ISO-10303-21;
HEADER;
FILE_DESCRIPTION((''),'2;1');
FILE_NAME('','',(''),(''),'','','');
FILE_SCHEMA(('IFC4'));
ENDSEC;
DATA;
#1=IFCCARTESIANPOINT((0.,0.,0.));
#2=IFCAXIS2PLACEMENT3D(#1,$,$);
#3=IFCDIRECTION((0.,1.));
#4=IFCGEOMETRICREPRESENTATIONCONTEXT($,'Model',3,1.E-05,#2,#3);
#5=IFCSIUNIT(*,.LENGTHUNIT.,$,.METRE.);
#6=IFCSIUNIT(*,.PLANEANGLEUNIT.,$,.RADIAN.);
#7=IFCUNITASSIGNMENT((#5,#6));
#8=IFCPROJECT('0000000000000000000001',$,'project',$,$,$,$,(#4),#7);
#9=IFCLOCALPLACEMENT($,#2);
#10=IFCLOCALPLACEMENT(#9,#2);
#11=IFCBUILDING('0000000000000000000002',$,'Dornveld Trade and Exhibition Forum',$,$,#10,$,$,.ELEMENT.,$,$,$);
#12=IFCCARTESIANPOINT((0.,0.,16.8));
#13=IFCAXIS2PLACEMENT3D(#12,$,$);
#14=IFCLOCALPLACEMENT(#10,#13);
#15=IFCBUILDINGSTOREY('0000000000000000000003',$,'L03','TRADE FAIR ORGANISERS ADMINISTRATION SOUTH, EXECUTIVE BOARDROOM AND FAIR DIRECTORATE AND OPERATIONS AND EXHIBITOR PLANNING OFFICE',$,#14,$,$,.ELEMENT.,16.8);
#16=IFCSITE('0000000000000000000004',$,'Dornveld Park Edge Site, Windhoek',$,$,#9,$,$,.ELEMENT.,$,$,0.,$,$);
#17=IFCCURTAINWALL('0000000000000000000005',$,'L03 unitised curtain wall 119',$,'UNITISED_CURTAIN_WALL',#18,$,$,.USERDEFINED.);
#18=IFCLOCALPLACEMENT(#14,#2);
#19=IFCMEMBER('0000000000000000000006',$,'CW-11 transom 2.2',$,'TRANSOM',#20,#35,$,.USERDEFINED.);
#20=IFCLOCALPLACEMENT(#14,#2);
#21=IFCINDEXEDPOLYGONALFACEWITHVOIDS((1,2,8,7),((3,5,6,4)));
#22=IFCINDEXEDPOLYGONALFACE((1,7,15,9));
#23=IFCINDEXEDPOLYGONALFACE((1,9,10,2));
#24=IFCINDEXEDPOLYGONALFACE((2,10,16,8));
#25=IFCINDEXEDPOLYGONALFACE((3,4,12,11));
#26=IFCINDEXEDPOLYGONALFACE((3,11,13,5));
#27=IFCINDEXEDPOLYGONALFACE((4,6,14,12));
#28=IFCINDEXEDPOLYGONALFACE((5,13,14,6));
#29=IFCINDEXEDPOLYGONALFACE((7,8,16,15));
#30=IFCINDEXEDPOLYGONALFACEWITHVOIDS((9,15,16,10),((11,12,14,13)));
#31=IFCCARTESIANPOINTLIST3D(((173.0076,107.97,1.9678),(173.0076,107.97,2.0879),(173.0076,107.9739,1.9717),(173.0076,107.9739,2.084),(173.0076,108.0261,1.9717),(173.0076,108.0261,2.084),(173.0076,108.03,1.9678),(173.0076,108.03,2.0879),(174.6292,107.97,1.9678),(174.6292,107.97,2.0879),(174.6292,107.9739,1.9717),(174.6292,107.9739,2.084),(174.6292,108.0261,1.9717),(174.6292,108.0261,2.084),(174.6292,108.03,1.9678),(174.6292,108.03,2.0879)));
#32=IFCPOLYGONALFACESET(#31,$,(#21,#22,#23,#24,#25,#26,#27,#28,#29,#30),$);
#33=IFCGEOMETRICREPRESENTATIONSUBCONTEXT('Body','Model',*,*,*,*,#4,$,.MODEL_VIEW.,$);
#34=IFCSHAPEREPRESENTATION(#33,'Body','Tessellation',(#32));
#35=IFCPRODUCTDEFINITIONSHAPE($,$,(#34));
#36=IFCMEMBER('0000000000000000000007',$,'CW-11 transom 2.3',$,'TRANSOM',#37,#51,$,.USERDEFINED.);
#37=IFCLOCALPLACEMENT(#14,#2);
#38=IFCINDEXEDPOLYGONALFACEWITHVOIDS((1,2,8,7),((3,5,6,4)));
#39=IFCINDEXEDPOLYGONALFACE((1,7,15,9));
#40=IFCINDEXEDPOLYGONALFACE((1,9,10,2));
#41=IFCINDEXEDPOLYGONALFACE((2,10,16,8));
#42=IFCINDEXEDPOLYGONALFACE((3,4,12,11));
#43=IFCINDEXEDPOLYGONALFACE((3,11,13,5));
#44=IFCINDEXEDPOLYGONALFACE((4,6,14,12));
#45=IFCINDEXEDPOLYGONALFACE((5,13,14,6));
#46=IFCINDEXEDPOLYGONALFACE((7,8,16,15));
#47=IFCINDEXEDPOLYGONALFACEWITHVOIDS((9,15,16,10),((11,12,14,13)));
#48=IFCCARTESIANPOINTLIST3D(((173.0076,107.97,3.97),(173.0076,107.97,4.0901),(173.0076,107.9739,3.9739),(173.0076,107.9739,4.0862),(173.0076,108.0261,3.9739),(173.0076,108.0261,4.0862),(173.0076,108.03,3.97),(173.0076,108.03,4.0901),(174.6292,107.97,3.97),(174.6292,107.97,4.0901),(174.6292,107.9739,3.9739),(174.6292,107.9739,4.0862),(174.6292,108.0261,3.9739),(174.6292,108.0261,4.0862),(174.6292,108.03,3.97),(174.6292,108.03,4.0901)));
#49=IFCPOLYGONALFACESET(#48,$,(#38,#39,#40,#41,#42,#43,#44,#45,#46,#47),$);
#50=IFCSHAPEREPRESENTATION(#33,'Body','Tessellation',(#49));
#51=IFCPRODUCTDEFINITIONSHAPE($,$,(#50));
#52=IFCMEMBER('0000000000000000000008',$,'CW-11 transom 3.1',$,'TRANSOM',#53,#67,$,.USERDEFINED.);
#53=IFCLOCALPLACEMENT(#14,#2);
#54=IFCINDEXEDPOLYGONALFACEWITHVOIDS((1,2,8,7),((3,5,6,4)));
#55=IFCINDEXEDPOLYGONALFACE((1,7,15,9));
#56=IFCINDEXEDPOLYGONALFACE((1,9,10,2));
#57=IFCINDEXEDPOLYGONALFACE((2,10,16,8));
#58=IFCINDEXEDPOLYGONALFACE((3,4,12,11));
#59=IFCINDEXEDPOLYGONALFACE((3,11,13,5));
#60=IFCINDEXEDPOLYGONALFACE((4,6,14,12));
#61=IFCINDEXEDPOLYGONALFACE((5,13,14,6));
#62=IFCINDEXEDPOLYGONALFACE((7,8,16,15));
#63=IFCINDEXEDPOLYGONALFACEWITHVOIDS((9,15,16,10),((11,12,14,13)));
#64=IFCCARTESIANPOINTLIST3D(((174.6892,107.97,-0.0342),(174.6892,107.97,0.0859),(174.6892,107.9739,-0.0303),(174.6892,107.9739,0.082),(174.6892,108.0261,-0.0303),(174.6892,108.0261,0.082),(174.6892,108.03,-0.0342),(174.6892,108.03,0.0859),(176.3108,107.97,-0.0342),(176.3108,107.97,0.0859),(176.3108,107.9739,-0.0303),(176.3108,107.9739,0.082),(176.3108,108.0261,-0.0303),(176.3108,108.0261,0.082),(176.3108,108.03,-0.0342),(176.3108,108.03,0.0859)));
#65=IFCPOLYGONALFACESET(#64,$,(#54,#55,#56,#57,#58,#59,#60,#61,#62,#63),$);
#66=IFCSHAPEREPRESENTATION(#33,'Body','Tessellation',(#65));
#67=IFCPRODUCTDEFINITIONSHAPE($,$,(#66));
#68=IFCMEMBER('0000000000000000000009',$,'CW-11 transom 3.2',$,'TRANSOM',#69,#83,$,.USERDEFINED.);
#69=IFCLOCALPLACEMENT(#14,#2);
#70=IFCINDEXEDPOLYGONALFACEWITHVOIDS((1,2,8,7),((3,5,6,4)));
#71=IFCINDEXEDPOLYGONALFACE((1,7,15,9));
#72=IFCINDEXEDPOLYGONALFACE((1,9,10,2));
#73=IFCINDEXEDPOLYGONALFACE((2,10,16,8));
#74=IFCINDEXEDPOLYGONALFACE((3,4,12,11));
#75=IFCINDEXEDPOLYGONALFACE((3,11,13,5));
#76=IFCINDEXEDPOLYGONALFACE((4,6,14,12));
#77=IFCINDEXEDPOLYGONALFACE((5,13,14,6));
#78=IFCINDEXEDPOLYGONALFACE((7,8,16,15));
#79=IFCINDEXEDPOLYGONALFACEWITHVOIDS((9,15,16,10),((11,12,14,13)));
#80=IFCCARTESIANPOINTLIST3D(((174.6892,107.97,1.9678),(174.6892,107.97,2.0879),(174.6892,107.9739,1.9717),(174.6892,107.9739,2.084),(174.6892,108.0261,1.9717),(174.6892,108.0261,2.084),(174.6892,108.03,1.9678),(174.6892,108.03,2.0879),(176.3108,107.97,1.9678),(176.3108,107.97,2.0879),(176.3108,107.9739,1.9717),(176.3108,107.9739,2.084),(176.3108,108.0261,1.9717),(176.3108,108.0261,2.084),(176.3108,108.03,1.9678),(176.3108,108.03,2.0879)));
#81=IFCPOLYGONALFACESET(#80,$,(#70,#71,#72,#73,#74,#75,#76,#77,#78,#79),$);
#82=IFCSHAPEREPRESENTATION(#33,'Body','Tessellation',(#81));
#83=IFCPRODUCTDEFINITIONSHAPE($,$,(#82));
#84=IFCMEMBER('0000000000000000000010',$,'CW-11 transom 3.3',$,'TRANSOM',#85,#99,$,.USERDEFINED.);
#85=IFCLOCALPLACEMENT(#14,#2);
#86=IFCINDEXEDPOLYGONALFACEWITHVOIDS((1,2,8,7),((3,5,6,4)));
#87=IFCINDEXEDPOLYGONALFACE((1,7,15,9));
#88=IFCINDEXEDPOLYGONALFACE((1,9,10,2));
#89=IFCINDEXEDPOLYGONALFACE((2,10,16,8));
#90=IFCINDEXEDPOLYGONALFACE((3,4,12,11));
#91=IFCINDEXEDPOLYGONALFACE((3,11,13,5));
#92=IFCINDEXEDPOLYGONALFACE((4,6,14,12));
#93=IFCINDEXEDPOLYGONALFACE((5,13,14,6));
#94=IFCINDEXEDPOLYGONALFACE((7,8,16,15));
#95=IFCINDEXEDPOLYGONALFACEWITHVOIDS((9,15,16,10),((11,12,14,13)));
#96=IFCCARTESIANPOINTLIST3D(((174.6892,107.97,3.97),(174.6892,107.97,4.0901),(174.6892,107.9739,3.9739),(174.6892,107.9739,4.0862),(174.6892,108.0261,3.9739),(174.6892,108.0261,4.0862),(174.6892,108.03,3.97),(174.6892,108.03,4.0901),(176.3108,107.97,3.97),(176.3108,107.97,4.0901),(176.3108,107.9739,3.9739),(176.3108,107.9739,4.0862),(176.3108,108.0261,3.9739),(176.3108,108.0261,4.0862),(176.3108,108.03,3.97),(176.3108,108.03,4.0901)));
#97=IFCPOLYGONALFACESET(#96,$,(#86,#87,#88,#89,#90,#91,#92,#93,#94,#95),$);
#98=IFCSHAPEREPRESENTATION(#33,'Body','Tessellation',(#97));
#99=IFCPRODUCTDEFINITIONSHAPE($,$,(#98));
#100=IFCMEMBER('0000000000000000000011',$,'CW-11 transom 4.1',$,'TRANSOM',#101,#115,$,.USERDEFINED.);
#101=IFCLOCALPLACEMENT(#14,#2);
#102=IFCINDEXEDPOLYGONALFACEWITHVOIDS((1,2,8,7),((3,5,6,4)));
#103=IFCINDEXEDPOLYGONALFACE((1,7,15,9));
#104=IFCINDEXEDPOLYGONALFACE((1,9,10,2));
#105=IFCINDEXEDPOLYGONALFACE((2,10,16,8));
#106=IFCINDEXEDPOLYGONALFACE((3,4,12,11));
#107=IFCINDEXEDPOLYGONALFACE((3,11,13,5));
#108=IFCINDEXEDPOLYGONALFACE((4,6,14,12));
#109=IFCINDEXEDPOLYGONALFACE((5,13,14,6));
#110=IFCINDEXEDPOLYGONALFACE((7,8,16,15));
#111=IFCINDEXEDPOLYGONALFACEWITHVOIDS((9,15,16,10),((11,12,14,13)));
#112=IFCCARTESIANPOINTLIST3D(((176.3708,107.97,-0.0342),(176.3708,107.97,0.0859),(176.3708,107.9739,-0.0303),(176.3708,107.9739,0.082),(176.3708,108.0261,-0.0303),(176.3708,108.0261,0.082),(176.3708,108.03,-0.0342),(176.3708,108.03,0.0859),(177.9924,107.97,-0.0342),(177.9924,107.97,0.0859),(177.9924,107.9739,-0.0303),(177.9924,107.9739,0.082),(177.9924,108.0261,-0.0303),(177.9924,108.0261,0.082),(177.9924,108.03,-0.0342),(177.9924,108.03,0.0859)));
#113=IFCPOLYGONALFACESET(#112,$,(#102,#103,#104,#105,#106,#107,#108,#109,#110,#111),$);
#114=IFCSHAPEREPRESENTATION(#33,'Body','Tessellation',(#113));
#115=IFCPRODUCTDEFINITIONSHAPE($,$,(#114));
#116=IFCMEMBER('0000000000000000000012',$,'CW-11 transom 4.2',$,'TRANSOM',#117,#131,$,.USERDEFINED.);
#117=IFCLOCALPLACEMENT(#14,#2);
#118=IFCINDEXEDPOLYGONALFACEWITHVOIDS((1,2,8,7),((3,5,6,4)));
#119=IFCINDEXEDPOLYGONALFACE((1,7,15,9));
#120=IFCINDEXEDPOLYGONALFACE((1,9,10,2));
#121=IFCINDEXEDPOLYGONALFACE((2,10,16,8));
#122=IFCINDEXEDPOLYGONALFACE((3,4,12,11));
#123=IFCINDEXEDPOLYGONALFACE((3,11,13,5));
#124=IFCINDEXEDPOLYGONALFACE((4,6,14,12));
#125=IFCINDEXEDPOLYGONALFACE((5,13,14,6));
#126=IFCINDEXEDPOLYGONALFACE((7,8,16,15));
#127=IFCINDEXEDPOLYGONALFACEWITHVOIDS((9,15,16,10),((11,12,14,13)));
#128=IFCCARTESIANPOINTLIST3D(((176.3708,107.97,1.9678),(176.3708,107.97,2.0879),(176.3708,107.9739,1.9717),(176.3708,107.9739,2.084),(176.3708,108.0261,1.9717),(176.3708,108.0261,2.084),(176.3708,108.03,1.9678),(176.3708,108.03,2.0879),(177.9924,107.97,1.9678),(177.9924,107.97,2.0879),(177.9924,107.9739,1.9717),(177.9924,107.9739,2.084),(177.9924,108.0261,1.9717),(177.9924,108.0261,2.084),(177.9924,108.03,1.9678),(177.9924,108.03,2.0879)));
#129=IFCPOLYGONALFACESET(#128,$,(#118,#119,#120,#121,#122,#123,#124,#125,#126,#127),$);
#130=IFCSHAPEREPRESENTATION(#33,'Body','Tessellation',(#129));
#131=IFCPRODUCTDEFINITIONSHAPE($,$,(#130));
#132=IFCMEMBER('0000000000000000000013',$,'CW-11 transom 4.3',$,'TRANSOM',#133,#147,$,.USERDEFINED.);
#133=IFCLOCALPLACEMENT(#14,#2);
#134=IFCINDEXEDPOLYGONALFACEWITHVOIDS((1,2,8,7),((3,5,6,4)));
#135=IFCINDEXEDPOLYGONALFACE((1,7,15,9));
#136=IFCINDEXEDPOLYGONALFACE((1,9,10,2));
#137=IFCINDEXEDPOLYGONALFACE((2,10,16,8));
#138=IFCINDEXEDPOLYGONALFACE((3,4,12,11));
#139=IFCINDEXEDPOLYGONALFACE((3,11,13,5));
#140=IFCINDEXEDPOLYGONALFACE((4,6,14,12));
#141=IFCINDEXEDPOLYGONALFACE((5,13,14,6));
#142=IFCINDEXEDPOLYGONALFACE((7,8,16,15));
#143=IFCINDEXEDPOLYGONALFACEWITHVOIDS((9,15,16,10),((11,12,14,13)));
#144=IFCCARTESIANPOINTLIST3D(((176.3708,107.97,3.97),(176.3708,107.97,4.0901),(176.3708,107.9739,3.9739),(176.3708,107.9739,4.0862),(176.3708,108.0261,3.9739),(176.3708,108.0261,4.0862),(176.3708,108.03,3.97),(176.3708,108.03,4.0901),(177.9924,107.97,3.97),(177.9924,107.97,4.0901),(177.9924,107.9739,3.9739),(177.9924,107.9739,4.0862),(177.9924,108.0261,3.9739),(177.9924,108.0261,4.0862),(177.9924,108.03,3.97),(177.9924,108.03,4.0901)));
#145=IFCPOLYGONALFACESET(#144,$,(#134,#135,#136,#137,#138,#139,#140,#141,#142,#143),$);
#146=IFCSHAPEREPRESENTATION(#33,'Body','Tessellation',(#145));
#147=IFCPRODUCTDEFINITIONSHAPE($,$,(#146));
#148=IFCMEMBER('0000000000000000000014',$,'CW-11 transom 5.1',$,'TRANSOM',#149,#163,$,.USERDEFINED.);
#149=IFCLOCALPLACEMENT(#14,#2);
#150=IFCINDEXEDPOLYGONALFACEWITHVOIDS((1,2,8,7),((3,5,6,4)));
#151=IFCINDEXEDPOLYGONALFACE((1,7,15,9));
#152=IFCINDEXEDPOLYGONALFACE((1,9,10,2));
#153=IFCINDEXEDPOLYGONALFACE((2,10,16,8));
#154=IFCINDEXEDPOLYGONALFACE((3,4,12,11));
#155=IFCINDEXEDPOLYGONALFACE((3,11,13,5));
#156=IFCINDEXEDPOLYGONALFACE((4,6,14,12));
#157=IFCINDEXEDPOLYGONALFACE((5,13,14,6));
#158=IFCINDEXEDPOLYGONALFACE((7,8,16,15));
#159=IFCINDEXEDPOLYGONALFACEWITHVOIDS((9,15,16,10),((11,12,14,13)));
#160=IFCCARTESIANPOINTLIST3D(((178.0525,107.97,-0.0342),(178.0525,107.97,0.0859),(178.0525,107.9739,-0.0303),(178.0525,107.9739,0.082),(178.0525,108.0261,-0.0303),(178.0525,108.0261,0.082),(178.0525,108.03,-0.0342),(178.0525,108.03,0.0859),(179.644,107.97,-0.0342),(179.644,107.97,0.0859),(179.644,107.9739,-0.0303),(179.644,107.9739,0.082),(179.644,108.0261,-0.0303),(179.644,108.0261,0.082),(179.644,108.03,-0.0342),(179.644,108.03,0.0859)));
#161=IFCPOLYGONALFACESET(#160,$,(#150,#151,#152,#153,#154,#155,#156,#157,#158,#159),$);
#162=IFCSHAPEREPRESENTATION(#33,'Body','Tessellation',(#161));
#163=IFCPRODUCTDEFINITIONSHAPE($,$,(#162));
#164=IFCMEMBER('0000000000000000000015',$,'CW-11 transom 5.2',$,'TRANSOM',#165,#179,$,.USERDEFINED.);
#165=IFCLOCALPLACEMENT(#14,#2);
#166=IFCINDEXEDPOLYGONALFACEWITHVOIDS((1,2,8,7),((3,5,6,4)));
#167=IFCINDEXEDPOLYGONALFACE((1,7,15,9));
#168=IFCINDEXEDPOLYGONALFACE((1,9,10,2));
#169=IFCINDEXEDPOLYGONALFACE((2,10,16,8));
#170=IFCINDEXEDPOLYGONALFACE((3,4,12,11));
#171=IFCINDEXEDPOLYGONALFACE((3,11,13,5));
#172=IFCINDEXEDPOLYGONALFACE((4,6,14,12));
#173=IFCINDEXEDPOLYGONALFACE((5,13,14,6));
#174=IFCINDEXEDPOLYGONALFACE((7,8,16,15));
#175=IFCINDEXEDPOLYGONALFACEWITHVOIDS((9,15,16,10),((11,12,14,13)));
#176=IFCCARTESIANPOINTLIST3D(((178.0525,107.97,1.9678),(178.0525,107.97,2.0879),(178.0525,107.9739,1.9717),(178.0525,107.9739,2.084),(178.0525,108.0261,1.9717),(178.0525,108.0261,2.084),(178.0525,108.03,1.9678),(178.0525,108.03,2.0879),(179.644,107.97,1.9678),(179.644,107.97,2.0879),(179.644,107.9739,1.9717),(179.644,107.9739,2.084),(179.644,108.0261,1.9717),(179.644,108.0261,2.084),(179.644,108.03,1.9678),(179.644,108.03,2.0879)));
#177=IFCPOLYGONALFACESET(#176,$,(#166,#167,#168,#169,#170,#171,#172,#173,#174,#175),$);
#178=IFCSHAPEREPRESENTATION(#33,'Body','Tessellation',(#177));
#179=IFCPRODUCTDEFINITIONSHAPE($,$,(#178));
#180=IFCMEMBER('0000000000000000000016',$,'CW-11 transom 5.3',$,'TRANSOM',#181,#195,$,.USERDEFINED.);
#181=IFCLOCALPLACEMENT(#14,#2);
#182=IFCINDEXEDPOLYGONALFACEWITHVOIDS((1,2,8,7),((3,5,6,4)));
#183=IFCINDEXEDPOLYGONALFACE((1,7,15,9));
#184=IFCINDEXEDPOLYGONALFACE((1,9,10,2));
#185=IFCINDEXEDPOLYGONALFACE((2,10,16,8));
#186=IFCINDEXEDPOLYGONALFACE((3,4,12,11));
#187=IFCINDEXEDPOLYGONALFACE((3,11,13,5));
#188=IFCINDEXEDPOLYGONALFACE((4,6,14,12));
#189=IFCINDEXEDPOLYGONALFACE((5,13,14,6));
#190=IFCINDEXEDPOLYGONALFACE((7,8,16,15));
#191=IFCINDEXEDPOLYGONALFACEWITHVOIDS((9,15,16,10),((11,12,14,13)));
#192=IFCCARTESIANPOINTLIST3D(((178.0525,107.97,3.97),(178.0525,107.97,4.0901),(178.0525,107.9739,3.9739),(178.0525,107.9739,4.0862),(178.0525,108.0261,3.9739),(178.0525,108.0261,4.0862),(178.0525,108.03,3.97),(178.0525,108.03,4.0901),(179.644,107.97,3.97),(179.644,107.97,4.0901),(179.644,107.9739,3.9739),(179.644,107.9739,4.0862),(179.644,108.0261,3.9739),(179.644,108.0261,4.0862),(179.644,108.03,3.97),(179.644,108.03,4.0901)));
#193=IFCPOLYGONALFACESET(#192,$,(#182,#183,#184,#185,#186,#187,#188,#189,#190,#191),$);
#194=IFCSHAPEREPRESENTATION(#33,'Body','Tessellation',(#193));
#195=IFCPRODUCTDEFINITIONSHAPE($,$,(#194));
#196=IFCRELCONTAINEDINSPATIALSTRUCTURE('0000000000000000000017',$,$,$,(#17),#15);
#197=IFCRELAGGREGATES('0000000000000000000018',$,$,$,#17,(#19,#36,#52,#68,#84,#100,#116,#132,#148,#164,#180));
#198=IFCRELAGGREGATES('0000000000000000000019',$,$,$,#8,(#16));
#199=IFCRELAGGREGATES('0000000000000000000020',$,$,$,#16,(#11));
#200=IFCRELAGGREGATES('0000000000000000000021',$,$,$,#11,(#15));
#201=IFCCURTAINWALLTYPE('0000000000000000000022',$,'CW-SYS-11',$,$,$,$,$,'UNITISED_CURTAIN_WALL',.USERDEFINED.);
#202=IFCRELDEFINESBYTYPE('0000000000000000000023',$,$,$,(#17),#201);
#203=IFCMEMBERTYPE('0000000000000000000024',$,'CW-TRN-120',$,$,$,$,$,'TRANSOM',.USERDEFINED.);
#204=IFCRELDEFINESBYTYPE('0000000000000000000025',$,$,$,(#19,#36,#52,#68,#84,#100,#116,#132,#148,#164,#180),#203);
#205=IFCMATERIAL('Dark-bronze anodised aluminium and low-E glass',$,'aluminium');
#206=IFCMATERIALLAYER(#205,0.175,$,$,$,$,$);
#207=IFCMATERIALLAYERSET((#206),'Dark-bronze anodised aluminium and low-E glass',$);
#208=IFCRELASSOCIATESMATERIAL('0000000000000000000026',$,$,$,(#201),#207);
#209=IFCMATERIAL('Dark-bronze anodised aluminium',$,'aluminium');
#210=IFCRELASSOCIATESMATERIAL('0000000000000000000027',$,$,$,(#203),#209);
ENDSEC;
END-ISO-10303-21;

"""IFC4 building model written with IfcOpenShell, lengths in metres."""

from ifc_helpers import new_model, si_unit, direction, frame, origin, origin_2d, place, context, subcontext, project, spatial, hollow_rectangle, extrude, material, layer, layer_set, material_profile, profile_set, type_object, element, aggregate, save


model = new_model("IFC4")

# Units and contexts
model_context = context("Model", 3, precision=1e-05, world=origin(), true_north=direction((0.0, 1.0)))
body_context = subcontext(model_context, "Body", "Model", "MODEL_VIEW")
ifc_project = project(units=[si_unit("LENGTHUNIT", "METRE"), si_unit("PLANEANGLEUNIT", "RADIAN")], contexts=[model_context])

# Site, building, storey
site_placement = place(None, origin())
site = spatial("IfcSite", under=ifc_project, at=site_placement, Name="Dornveld Park Edge Site, Windhoek", CompositionType="ELEMENT", RefElevation=0.0)
building_placement = place(site_placement, origin())
building = spatial("IfcBuilding", under=site, at=building_placement, Name="Dornveld Trade and Exhibition Forum", CompositionType="ELEMENT")
storey_placement = place(building_placement, frame((0.0, 0.0, 16.8)))
storey = spatial("IfcBuildingStorey", under=building, at=storey_placement, Name="L03", Description="TRADE FAIR ORGANISERS ADMINISTRATION SOUTH, EXECUTIVE BOARDROOM AND FAIR DIRECTORATE AND OPERATIONS AND EXHIBITOR PLANNING OFFICE", CompositionType="ELEMENT", Elevation=16.8)

# Curtain wall
ifc_material_1 = material(Name="Dark-bronze anodised aluminium and low-E glass", Category="aluminium")
ifc_layer_1 = layer(ifc_material_1, 0.175)
ifc_layer_set_1 = layer_set([ifc_layer_1], Name="Dark-bronze anodised aluminium and low-E glass")
curtain_wall_type_1 = type_object("IfcCurtainWallType", Name="CW-SYS-11", ElementType="UNITISED_CURTAIN_WALL", PredefinedType="USERDEFINED", material=ifc_layer_set_1)
curtain_wall_1_placement = place(storey_placement, origin())
curtain_wall_1 = element("IfcCurtainWall", 1, at=curtain_wall_1_placement, inside=storey, type_object=curtain_wall_type_1, Name="L03 unitised curtain wall 119", ObjectType="UNITISED_CURTAIN_WALL", PredefinedType="USERDEFINED")

# Members
ifc_material_2 = material(Name="Dark-bronze anodised aluminium", Category="aluminium")
ifc_material_profile_1 = material_profile(ifc_material_2, hollow_rectangle(XDim=0.0601, YDim=0.1201, WallThickness=0.0039, at=origin_2d()), Name="RHS 120x60x4")
ifc_profile_set_1 = profile_set([ifc_material_profile_1], Name="Dark-bronze anodised aluminium")
member_type_1 = type_object("IfcMemberType", Name="CW-TRN-120", ElementType="TRANSOM", PredefinedType="USERDEFINED", material=ifc_profile_set_1)
member_1_placement = place(storey_placement, frame((173.0076, 108.0, 2.0278), z_axis=(1.0, 0.0, 0.0), x_axis=(0.0, 1.0, 0.0)))
member_1 = element("IfcMember", 2, at=member_1_placement, type_object=member_type_1, Name="CW-11 transom 2.2", ObjectType="TRANSOM", PredefinedType="USERDEFINED", context=body_context, shape_type="SweptSolid", body=[
    extrude(hollow_rectangle(XDim=0.0601, YDim=0.1201, WallThickness=0.0039, at=origin_2d()), origin(), (0.0, 0.0, 1.0), 1.6216),
])
member_2_placement = place(storey_placement, frame((173.0076, 108.0, 4.03), z_axis=(1.0, 0.0, 0.0), x_axis=(0.0, 1.0, 0.0)))
member_2 = element("IfcMember", 3, at=member_2_placement, type_object=member_type_1, Name="CW-11 transom 2.3", ObjectType="TRANSOM", PredefinedType="USERDEFINED", context=body_context, shape_type="SweptSolid", body=[
    extrude(hollow_rectangle(XDim=0.0601, YDim=0.1201, WallThickness=0.0039, at=origin_2d()), origin(), (0.0, 0.0, 1.0), 1.6216),
])
member_3_placement = place(storey_placement, frame((174.6892, 108.0, 0.0259), z_axis=(1.0, 0.0, 0.0), x_axis=(0.0, 1.0, 0.0)))
member_3 = element("IfcMember", 4, at=member_3_placement, type_object=member_type_1, Name="CW-11 transom 3.1", ObjectType="TRANSOM", PredefinedType="USERDEFINED", context=body_context, shape_type="SweptSolid", body=[
    extrude(hollow_rectangle(XDim=0.0601, YDim=0.1201, WallThickness=0.0039, at=origin_2d()), origin(), (0.0, 0.0, 1.0), 1.6216),
])
member_4_placement = place(storey_placement, frame((174.6892, 108.0, 2.0278), z_axis=(1.0, 0.0, 0.0), x_axis=(0.0, 1.0, 0.0)))
member_4 = element("IfcMember", 5, at=member_4_placement, type_object=member_type_1, Name="CW-11 transom 3.2", ObjectType="TRANSOM", PredefinedType="USERDEFINED", context=body_context, shape_type="SweptSolid", body=[
    extrude(hollow_rectangle(XDim=0.0601, YDim=0.1201, WallThickness=0.0039, at=origin_2d()), origin(), (0.0, 0.0, 1.0), 1.6216),
])
member_5_placement = place(storey_placement, frame((174.6892, 108.0, 4.03), z_axis=(1.0, 0.0, 0.0), x_axis=(0.0, 1.0, 0.0)))
member_5 = element("IfcMember", 6, at=member_5_placement, type_object=member_type_1, Name="CW-11 transom 3.3", ObjectType="TRANSOM", PredefinedType="USERDEFINED", context=body_context, shape_type="SweptSolid", body=[
    extrude(hollow_rectangle(XDim=0.0601, YDim=0.1201, WallThickness=0.0039, at=origin_2d()), origin(), (0.0, 0.0, 1.0), 1.6216),
])
member_6_placement = place(storey_placement, frame((176.3708, 108.0, 0.0259), z_axis=(1.0, 0.0, 0.0), x_axis=(0.0, 1.0, 0.0)))
member_6 = element("IfcMember", 7, at=member_6_placement, type_object=member_type_1, Name="CW-11 transom 4.1", ObjectType="TRANSOM", PredefinedType="USERDEFINED", context=body_context, shape_type="SweptSolid", body=[
    extrude(hollow_rectangle(XDim=0.0601, YDim=0.1201, WallThickness=0.0039, at=origin_2d()), origin(), (0.0, 0.0, 1.0), 1.6216),
])
member_7_placement = place(storey_placement, frame((176.3708, 108.0, 2.0278), z_axis=(1.0, 0.0, 0.0), x_axis=(0.0, 1.0, 0.0)))
member_7 = element("IfcMember", 8, at=member_7_placement, type_object=member_type_1, Name="CW-11 transom 4.2", ObjectType="TRANSOM", PredefinedType="USERDEFINED", context=body_context, shape_type="SweptSolid", body=[
    extrude(hollow_rectangle(XDim=0.0601, YDim=0.1201, WallThickness=0.0039, at=origin_2d()), origin(), (0.0, 0.0, 1.0), 1.6216),
])
member_8_placement = place(storey_placement, frame((176.3708, 108.0, 4.03), z_axis=(1.0, 0.0, 0.0), x_axis=(0.0, 1.0, 0.0)))
member_8 = element("IfcMember", 9, at=member_8_placement, type_object=member_type_1, Name="CW-11 transom 4.3", ObjectType="TRANSOM", PredefinedType="USERDEFINED", context=body_context, shape_type="SweptSolid", body=[
    extrude(hollow_rectangle(XDim=0.0601, YDim=0.1201, WallThickness=0.0039, at=origin_2d()), origin(), (0.0, 0.0, 1.0), 1.6216),
])
member_9_placement = place(storey_placement, frame((178.0525, 108.0, 0.0259), z_axis=(1.0, 0.0, 0.0), x_axis=(0.0, 1.0, 0.0)))
member_9 = element("IfcMember", 10, at=member_9_placement, type_object=member_type_1, Name="CW-11 transom 5.1", ObjectType="TRANSOM", PredefinedType="USERDEFINED", context=body_context, shape_type="SweptSolid", body=[
    extrude(hollow_rectangle(XDim=0.0601, YDim=0.1201, WallThickness=0.0039, at=origin_2d()), origin(), (0.0, 0.0, 1.0), 1.5916),
])
member_10_placement = place(storey_placement, frame((178.0525, 108.0, 2.0278), z_axis=(1.0, 0.0, 0.0), x_axis=(0.0, 1.0, 0.0)))
member_10 = element("IfcMember", 11, at=member_10_placement, type_object=member_type_1, Name="CW-11 transom 5.2", ObjectType="TRANSOM", PredefinedType="USERDEFINED", context=body_context, shape_type="SweptSolid", body=[
    extrude(hollow_rectangle(XDim=0.0601, YDim=0.1201, WallThickness=0.0039, at=origin_2d()), origin(), (0.0, 0.0, 1.0), 1.5916),
])
member_11_placement = place(storey_placement, frame((178.0525, 108.0, 4.03), z_axis=(1.0, 0.0, 0.0), x_axis=(0.0, 1.0, 0.0)))
member_11 = element("IfcMember", 12, at=member_11_placement, type_object=member_type_1, Name="CW-11 transom 5.3", ObjectType="TRANSOM", PredefinedType="USERDEFINED", context=body_context, shape_type="SweptSolid", body=[
    extrude(hollow_rectangle(XDim=0.0601, YDim=0.1201, WallThickness=0.0039, at=origin_2d()), origin(), (0.0, 0.0, 1.0), 1.5916),
])

aggregate(curtain_wall_1, [member_1, member_2, member_3, member_4, member_5, member_6, member_7, member_8, member_9, member_10, member_11])

save(model, "model.ifc")
